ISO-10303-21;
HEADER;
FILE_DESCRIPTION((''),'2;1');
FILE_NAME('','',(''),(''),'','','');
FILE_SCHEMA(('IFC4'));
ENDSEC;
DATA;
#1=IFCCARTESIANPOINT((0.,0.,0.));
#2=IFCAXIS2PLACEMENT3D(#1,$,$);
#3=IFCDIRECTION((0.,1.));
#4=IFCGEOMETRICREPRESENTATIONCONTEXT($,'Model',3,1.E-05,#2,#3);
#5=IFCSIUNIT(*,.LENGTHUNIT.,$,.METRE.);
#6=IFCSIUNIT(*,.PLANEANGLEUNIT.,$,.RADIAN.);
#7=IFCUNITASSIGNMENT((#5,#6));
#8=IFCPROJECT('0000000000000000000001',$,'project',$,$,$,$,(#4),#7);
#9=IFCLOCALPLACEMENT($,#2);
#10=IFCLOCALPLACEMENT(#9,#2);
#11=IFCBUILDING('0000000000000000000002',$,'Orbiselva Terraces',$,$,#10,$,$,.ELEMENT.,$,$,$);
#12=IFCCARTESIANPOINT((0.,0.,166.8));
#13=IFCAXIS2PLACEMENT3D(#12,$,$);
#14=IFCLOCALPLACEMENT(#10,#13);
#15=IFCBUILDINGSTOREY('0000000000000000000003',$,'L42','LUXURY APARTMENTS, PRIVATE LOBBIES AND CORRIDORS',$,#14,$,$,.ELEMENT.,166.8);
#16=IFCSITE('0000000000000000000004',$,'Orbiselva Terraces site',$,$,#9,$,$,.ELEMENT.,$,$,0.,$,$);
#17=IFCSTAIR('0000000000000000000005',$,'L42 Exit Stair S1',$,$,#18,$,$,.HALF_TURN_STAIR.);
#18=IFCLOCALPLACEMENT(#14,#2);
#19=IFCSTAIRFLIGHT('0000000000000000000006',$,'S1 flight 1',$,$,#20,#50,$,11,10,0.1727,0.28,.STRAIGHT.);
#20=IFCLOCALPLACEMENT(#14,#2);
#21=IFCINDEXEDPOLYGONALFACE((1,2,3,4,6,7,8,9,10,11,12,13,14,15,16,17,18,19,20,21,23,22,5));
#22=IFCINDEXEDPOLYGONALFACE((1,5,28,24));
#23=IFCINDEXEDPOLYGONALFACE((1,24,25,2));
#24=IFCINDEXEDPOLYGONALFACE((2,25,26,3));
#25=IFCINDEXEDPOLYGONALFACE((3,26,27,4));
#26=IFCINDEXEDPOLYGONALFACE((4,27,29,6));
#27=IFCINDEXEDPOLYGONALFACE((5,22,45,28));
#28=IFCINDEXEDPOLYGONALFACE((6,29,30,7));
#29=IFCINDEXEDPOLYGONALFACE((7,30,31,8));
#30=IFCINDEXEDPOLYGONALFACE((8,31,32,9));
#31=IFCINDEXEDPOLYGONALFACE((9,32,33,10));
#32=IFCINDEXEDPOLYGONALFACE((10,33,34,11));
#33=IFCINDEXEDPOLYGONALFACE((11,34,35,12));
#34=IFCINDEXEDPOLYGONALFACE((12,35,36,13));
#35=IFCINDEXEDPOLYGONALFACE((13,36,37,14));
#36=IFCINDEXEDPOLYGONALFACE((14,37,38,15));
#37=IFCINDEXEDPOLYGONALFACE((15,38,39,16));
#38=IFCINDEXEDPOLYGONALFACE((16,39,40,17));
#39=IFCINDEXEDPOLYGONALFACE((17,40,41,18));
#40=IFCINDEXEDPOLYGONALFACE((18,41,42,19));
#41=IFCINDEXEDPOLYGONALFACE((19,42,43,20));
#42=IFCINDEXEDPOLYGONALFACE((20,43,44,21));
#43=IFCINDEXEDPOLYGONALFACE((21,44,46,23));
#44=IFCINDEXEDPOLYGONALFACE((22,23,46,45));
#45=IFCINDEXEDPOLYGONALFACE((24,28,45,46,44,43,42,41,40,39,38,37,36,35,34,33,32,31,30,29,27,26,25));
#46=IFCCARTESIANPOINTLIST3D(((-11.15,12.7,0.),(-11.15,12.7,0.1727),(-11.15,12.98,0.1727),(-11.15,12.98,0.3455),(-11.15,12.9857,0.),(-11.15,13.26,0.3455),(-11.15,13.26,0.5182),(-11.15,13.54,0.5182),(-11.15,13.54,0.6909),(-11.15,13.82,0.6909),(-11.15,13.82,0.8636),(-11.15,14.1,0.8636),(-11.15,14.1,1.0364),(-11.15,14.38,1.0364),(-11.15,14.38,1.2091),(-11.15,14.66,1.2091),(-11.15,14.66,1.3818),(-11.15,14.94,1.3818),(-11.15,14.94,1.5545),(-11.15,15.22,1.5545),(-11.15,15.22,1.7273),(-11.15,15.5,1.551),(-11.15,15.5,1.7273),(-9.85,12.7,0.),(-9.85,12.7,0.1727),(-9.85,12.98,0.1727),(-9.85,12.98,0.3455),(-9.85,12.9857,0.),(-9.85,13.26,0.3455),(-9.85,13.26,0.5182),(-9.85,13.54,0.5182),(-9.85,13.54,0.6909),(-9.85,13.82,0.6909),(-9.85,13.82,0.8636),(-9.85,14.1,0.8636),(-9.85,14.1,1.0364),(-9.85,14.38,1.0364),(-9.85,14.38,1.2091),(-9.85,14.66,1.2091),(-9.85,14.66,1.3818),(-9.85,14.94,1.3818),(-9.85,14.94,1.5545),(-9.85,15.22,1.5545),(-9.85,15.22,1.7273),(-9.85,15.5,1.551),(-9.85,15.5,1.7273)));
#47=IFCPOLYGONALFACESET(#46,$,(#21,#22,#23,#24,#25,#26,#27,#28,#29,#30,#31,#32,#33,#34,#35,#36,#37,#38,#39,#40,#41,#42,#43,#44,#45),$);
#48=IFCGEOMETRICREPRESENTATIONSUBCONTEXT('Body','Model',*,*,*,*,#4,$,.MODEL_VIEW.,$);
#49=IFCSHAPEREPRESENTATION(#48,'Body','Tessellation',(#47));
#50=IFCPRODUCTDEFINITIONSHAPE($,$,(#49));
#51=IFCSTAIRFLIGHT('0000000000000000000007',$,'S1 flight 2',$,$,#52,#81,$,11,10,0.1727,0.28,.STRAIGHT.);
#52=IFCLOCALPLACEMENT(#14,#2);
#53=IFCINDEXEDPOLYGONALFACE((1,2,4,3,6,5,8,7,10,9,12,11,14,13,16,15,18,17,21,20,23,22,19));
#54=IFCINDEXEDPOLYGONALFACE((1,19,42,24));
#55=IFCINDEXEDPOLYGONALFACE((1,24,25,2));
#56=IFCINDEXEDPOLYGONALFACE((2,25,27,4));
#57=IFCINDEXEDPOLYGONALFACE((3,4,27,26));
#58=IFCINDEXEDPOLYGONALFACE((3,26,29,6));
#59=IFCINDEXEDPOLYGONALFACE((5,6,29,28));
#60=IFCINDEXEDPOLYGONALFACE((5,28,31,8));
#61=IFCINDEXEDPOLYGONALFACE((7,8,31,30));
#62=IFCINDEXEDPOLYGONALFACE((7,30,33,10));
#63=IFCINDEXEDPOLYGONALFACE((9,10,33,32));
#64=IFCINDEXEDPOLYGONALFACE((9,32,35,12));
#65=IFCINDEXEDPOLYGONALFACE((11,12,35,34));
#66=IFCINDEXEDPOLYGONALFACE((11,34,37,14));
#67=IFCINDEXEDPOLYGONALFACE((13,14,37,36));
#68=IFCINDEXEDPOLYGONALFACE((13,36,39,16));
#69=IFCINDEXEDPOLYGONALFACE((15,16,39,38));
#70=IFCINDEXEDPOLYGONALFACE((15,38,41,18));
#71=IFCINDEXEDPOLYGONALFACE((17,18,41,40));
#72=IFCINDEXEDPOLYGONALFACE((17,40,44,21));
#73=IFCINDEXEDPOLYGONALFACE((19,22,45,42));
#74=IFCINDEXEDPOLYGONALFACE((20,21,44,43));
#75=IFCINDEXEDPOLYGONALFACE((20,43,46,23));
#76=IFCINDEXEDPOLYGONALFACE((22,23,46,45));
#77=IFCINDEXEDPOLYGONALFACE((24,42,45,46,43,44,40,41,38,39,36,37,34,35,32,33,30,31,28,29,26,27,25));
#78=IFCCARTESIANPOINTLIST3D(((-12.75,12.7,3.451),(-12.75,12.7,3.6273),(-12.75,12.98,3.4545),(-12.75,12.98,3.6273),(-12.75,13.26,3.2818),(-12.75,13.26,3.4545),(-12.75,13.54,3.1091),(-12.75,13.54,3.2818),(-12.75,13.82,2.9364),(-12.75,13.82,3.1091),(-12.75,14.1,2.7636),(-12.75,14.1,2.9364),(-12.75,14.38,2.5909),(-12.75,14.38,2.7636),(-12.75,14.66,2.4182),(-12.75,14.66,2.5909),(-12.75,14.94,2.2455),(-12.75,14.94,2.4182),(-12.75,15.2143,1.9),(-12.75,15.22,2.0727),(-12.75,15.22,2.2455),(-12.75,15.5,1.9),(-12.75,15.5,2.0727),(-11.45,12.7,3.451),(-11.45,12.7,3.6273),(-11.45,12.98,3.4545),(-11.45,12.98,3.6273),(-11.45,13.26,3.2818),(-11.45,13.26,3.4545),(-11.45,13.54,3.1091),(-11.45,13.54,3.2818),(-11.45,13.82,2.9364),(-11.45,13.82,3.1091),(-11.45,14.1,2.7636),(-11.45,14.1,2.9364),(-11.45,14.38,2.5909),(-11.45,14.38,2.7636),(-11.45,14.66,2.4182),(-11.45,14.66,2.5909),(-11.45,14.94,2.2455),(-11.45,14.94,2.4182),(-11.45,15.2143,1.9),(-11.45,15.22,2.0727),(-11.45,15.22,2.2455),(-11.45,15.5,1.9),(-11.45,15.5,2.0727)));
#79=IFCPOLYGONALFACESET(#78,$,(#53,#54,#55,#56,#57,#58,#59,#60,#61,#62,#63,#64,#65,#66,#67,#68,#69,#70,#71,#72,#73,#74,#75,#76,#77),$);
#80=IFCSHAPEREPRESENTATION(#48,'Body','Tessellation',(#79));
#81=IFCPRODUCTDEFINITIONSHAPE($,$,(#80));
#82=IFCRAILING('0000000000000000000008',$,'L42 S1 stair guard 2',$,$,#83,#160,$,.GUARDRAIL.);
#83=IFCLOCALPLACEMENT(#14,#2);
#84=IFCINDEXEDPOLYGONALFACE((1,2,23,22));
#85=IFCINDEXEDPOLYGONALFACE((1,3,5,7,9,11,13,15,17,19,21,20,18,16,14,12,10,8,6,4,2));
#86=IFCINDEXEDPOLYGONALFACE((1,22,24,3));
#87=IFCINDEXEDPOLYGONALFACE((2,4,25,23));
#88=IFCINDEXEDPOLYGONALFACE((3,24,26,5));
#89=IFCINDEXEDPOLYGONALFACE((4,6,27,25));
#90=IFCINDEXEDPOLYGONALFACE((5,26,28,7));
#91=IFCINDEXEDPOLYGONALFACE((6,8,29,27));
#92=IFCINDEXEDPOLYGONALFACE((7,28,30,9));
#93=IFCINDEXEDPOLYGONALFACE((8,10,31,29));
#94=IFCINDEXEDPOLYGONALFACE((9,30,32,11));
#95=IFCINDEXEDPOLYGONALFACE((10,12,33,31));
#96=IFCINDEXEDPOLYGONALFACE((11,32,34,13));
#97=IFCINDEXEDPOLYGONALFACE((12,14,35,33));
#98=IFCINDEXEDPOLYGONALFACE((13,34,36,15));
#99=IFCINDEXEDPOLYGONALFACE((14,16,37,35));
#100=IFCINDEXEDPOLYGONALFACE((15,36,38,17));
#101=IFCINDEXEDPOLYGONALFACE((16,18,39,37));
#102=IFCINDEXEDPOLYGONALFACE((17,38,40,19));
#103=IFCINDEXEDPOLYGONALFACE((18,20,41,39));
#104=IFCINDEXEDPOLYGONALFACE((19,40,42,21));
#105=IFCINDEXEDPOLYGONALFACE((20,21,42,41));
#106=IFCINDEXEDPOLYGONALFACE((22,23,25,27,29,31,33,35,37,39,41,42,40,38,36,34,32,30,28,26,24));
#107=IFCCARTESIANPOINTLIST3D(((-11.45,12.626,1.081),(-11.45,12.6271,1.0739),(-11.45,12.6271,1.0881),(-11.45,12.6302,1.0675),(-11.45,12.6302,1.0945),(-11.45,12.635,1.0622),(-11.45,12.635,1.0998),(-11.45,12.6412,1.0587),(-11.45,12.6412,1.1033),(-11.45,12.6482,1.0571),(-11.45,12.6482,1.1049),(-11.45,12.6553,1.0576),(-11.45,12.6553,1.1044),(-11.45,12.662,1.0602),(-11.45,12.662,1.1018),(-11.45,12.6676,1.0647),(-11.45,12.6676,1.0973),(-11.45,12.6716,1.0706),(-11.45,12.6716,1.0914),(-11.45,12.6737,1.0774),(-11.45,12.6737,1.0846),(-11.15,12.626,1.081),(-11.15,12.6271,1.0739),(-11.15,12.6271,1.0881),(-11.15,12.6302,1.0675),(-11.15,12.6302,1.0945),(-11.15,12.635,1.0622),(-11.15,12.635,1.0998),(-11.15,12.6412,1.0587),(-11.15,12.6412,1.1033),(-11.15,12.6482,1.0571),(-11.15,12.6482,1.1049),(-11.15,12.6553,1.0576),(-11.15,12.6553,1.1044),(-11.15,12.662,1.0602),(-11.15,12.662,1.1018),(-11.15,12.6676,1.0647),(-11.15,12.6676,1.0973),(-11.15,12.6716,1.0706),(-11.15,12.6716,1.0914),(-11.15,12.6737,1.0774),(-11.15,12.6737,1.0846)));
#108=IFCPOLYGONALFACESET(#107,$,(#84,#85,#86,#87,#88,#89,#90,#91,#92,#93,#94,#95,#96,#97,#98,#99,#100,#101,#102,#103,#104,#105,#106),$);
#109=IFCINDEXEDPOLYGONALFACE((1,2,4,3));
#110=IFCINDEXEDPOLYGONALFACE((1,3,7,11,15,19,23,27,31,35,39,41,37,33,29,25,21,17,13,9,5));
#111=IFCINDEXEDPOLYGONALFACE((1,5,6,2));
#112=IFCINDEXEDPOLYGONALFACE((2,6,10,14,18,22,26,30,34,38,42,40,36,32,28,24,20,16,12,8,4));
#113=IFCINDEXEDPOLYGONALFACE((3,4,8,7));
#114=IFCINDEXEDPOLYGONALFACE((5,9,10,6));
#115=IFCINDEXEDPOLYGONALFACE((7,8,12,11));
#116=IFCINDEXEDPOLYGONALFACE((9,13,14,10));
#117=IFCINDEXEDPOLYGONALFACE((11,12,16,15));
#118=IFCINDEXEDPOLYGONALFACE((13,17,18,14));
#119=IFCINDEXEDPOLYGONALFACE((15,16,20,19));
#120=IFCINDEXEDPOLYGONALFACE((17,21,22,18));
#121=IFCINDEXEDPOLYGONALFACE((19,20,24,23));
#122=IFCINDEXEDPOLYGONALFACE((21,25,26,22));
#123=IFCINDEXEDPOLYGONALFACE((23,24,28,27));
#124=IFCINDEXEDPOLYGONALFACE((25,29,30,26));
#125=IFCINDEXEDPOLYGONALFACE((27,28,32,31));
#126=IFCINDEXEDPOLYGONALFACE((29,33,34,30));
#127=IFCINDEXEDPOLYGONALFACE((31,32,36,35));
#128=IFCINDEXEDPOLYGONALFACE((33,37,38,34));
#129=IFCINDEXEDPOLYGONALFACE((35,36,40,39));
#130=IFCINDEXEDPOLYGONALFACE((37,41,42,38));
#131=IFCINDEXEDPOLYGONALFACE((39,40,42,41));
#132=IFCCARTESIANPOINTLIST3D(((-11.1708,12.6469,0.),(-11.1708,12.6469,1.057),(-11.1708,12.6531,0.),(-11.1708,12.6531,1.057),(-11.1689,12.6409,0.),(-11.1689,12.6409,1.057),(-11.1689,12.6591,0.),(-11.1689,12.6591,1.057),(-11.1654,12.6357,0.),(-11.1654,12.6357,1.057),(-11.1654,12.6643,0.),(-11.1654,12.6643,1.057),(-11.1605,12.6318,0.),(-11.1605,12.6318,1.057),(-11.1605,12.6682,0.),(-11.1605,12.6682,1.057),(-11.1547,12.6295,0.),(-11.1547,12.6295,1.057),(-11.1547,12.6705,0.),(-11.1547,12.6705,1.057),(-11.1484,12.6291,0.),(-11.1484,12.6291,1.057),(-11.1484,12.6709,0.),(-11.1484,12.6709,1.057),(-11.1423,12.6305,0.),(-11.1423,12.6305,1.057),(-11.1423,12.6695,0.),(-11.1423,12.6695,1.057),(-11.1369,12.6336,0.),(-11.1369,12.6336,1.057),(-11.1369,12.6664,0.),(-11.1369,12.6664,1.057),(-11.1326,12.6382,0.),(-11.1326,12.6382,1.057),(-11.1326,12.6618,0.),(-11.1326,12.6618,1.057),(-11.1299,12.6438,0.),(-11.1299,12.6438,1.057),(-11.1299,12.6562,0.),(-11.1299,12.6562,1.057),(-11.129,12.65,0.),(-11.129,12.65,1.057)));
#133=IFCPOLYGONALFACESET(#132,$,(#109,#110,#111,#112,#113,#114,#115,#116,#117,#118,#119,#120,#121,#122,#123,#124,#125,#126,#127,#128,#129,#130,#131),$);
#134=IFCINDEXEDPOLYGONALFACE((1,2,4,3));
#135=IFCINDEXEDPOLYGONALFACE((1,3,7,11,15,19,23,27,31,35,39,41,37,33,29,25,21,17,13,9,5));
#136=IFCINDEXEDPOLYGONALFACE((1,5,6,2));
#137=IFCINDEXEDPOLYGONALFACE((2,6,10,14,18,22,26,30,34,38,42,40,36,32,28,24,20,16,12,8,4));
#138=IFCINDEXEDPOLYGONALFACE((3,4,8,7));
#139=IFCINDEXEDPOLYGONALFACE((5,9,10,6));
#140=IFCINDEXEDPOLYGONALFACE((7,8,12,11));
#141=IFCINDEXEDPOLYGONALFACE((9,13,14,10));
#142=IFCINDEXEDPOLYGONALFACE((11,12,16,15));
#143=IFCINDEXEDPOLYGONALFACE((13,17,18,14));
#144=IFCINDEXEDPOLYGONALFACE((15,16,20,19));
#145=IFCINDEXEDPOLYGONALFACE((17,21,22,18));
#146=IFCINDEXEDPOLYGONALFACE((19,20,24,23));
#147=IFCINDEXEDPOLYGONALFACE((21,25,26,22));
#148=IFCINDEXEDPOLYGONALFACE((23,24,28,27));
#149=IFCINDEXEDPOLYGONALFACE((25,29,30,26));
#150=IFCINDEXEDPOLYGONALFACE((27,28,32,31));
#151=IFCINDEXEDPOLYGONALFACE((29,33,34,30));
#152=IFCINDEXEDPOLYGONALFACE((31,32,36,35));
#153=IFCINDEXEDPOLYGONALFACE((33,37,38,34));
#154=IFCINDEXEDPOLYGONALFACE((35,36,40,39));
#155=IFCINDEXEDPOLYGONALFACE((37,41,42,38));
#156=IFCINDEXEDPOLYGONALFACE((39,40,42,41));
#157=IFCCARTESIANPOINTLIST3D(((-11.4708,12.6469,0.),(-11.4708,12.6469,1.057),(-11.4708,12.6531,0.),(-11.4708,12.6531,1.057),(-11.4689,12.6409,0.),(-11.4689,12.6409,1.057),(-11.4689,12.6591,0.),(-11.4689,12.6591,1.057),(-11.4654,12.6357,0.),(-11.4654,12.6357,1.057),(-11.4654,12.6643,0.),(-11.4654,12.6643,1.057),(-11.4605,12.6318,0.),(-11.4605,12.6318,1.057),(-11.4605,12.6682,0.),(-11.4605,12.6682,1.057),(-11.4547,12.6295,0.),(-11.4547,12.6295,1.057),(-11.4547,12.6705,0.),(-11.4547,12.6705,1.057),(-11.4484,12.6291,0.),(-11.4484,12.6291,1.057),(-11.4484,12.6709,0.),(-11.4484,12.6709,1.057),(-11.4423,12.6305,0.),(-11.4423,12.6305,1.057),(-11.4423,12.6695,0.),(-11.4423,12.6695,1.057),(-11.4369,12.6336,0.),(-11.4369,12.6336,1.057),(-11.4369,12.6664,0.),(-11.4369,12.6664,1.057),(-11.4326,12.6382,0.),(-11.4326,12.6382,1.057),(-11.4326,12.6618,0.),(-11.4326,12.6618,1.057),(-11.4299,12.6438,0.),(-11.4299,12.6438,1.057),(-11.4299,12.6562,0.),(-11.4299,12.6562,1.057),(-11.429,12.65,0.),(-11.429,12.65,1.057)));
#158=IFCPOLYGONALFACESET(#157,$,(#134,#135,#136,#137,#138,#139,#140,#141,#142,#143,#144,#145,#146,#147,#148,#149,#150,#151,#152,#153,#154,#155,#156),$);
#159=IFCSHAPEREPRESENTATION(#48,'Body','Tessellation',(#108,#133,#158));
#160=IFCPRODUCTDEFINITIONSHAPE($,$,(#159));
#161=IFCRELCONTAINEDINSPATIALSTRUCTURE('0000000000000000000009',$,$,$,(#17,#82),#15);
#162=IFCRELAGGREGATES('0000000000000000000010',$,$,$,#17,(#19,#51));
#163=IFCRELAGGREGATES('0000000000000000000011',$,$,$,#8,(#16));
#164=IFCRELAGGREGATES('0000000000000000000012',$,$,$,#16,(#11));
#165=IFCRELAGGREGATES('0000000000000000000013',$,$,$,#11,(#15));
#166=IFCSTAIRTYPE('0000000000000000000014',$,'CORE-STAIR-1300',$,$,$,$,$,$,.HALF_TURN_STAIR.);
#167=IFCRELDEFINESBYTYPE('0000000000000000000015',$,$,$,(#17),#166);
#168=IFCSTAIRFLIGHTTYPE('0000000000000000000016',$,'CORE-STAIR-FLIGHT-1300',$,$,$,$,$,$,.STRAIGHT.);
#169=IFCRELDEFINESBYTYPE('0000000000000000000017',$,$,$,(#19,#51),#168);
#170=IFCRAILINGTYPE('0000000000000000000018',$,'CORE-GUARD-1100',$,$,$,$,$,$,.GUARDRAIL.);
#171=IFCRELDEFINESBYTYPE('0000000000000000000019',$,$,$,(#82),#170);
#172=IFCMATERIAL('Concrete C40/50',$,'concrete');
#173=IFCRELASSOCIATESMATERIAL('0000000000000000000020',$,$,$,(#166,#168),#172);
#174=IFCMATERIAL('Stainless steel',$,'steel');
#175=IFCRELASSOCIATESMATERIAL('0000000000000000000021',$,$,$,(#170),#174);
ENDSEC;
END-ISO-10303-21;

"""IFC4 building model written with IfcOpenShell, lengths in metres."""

from ifc_helpers import new_model, si_unit, direction, frame, origin, origin_2d, place, context, subcontext, project, spatial, polyline, circle, outline, extrude, material, type_object, element, aggregate, save


model = new_model("IFC4")

# Units and contexts
model_context = context("Model", 3, precision=1e-05, world=origin(), true_north=direction((0.0, 1.0)))
body_context = subcontext(model_context, "Body", "Model", "MODEL_VIEW")
ifc_project = project(units=[si_unit("LENGTHUNIT", "METRE"), si_unit("PLANEANGLEUNIT", "RADIAN")], contexts=[model_context])

# Site, building, storey
site_placement = place(None, origin())
site = spatial("IfcSite", under=ifc_project, at=site_placement, Name="Orbiselva Terraces site", CompositionType="ELEMENT", RefElevation=0.0)
building_placement = place(site_placement, origin())
building = spatial("IfcBuilding", under=site, at=building_placement, Name="Orbiselva Terraces", CompositionType="ELEMENT")
storey_placement = place(building_placement, frame((0.0, 0.0, 166.8)))
storey = spatial("IfcBuildingStorey", under=building, at=storey_placement, Name="L42", Description="LUXURY APARTMENTS, PRIVATE LOBBIES AND CORRIDORS", CompositionType="ELEMENT", Elevation=166.8)

# Stair, stair flights
ifc_material_1 = material(Name="Concrete C40/50", Category="concrete")
stair_type = type_object("IfcStairType", Name="CORE-STAIR-1300", PredefinedType="HALF_TURN_STAIR", material=ifc_material_1)
stair_placement = place(storey_placement, origin())
stair = element("IfcStair", 1, at=stair_placement, inside=storey, type_object=stair_type, Name="L42 Exit Stair S1", PredefinedType="HALF_TURN_STAIR")
stair_flight_type = type_object("IfcStairFlightType", Name="CORE-STAIR-FLIGHT-1300", PredefinedType="STRAIGHT", material=ifc_material_1)
stair_flight_1_placement = place(storey_placement, frame((-10.5, 12.7, 0.0), z_axis=(0.0, 0.0, 1.0), x_axis=(0.0, 1.0, 0.0)))
stair_flight_1 = element("IfcStairFlight", 2, at=stair_flight_1_placement, type_object=stair_flight_type, Name="S1 flight 1", NumberOfRisers=11, NumberOfTreads=10, PredefinedType="STRAIGHT", RiserHeight=0.1727, TreadLength=0.28, context=body_context, shape_type="SweptSolid", body=[
    extrude(outline(polyline([(0.0, 0.0), (0.0, 0.1727), (0.28, 0.1727), (0.28, 0.3455), (0.56, 0.3455), (0.56, 0.5182), (0.84, 0.5182), (0.84, 0.6909), (1.12, 0.6909), (1.12, 0.8636), (1.4, 0.8636), (1.4, 1.0364), (1.68, 1.0364), (1.68, 1.2091), (1.96, 1.2091), (1.96, 1.3818), (2.24, 1.3818), (2.24, 1.5545), (2.52, 1.5545), (2.52, 1.7273), (2.8, 1.7273), (2.8, 1.9), (2.8, 1.551), (0.2857, 0.0), (0.0, 0.0)])), frame((0.0, 0.65, 0.0), z_axis=(0.0, -1.0, 0.0), x_axis=(1.0, 0.0, 0.0)), (0.0, 0.0, 1.0), 1.3),
])
stair_flight_2_placement = place(storey_placement, frame((-12.1, 15.5, 1.9), z_axis=(0.0, 0.0, 1.0), x_axis=(0.0, -1.0, 0.0)))
stair_flight_2 = element("IfcStairFlight", 3, at=stair_flight_2_placement, type_object=stair_flight_type, Name="S1 flight 2", NumberOfRisers=11, NumberOfTreads=10, PredefinedType="STRAIGHT", RiserHeight=0.1727, TreadLength=0.28, context=body_context, shape_type="SweptSolid", body=[
    extrude(outline(polyline([(0.0, 0.0), (0.0, 0.1727), (0.28, 0.1727), (0.28, 0.3455), (0.56, 0.3455), (0.56, 0.5182), (0.84, 0.5182), (0.84, 0.6909), (1.12, 0.6909), (1.12, 0.8636), (1.4, 0.8636), (1.4, 1.0364), (1.68, 1.0364), (1.68, 1.2091), (1.96, 1.2091), (1.96, 1.3818), (2.24, 1.3818), (2.24, 1.5545), (2.52, 1.5545), (2.52, 1.7273), (2.8, 1.7273), (2.8, 1.9), (2.8, 1.551), (0.2857, 0.0), (0.0, 0.0)])), frame((0.0, 0.65, 0.0), z_axis=(0.0, -1.0, 0.0), x_axis=(1.0, 0.0, 0.0)), (0.0, 0.0, 1.0), 1.3),
])
aggregate(stair, [stair_flight_1, stair_flight_2])

# Railing
ifc_material_2 = material(Name="Stainless steel", Category="steel")
railing_type_1 = type_object("IfcRailingType", Name="CORE-GUARD-1100", PredefinedType="GUARDRAIL", material=ifc_material_2)
railing_1_placement = place(storey_placement, frame((-11.15, 12.65, 0.0)))
element("IfcRailing", 4, at=railing_1_placement, inside=storey, type_object=railing_type_1, Name="L42 S1 stair guard 2", PredefinedType="GUARDRAIL", context=body_context, shape_type="SweptSolid", body=[
    extrude(circle(Radius=0.024, at=origin_2d()), frame((0.0, 0.0, 1.081), z_axis=(-1.0, 0.0, 0.0), x_axis=(0.0, -1.0, 0.0)), (0.0, 0.0, 1.0), 0.3),
    extrude(circle(Radius=0.021, at=origin_2d()), origin(), (0.0, 0.0, 1.0), 1.057),
    extrude(circle(Radius=0.021, at=origin_2d()), frame((-0.3, 0.0, 0.0)), (0.0, 0.0, 1.0), 1.057),
])

save(model, "model.ifc")
